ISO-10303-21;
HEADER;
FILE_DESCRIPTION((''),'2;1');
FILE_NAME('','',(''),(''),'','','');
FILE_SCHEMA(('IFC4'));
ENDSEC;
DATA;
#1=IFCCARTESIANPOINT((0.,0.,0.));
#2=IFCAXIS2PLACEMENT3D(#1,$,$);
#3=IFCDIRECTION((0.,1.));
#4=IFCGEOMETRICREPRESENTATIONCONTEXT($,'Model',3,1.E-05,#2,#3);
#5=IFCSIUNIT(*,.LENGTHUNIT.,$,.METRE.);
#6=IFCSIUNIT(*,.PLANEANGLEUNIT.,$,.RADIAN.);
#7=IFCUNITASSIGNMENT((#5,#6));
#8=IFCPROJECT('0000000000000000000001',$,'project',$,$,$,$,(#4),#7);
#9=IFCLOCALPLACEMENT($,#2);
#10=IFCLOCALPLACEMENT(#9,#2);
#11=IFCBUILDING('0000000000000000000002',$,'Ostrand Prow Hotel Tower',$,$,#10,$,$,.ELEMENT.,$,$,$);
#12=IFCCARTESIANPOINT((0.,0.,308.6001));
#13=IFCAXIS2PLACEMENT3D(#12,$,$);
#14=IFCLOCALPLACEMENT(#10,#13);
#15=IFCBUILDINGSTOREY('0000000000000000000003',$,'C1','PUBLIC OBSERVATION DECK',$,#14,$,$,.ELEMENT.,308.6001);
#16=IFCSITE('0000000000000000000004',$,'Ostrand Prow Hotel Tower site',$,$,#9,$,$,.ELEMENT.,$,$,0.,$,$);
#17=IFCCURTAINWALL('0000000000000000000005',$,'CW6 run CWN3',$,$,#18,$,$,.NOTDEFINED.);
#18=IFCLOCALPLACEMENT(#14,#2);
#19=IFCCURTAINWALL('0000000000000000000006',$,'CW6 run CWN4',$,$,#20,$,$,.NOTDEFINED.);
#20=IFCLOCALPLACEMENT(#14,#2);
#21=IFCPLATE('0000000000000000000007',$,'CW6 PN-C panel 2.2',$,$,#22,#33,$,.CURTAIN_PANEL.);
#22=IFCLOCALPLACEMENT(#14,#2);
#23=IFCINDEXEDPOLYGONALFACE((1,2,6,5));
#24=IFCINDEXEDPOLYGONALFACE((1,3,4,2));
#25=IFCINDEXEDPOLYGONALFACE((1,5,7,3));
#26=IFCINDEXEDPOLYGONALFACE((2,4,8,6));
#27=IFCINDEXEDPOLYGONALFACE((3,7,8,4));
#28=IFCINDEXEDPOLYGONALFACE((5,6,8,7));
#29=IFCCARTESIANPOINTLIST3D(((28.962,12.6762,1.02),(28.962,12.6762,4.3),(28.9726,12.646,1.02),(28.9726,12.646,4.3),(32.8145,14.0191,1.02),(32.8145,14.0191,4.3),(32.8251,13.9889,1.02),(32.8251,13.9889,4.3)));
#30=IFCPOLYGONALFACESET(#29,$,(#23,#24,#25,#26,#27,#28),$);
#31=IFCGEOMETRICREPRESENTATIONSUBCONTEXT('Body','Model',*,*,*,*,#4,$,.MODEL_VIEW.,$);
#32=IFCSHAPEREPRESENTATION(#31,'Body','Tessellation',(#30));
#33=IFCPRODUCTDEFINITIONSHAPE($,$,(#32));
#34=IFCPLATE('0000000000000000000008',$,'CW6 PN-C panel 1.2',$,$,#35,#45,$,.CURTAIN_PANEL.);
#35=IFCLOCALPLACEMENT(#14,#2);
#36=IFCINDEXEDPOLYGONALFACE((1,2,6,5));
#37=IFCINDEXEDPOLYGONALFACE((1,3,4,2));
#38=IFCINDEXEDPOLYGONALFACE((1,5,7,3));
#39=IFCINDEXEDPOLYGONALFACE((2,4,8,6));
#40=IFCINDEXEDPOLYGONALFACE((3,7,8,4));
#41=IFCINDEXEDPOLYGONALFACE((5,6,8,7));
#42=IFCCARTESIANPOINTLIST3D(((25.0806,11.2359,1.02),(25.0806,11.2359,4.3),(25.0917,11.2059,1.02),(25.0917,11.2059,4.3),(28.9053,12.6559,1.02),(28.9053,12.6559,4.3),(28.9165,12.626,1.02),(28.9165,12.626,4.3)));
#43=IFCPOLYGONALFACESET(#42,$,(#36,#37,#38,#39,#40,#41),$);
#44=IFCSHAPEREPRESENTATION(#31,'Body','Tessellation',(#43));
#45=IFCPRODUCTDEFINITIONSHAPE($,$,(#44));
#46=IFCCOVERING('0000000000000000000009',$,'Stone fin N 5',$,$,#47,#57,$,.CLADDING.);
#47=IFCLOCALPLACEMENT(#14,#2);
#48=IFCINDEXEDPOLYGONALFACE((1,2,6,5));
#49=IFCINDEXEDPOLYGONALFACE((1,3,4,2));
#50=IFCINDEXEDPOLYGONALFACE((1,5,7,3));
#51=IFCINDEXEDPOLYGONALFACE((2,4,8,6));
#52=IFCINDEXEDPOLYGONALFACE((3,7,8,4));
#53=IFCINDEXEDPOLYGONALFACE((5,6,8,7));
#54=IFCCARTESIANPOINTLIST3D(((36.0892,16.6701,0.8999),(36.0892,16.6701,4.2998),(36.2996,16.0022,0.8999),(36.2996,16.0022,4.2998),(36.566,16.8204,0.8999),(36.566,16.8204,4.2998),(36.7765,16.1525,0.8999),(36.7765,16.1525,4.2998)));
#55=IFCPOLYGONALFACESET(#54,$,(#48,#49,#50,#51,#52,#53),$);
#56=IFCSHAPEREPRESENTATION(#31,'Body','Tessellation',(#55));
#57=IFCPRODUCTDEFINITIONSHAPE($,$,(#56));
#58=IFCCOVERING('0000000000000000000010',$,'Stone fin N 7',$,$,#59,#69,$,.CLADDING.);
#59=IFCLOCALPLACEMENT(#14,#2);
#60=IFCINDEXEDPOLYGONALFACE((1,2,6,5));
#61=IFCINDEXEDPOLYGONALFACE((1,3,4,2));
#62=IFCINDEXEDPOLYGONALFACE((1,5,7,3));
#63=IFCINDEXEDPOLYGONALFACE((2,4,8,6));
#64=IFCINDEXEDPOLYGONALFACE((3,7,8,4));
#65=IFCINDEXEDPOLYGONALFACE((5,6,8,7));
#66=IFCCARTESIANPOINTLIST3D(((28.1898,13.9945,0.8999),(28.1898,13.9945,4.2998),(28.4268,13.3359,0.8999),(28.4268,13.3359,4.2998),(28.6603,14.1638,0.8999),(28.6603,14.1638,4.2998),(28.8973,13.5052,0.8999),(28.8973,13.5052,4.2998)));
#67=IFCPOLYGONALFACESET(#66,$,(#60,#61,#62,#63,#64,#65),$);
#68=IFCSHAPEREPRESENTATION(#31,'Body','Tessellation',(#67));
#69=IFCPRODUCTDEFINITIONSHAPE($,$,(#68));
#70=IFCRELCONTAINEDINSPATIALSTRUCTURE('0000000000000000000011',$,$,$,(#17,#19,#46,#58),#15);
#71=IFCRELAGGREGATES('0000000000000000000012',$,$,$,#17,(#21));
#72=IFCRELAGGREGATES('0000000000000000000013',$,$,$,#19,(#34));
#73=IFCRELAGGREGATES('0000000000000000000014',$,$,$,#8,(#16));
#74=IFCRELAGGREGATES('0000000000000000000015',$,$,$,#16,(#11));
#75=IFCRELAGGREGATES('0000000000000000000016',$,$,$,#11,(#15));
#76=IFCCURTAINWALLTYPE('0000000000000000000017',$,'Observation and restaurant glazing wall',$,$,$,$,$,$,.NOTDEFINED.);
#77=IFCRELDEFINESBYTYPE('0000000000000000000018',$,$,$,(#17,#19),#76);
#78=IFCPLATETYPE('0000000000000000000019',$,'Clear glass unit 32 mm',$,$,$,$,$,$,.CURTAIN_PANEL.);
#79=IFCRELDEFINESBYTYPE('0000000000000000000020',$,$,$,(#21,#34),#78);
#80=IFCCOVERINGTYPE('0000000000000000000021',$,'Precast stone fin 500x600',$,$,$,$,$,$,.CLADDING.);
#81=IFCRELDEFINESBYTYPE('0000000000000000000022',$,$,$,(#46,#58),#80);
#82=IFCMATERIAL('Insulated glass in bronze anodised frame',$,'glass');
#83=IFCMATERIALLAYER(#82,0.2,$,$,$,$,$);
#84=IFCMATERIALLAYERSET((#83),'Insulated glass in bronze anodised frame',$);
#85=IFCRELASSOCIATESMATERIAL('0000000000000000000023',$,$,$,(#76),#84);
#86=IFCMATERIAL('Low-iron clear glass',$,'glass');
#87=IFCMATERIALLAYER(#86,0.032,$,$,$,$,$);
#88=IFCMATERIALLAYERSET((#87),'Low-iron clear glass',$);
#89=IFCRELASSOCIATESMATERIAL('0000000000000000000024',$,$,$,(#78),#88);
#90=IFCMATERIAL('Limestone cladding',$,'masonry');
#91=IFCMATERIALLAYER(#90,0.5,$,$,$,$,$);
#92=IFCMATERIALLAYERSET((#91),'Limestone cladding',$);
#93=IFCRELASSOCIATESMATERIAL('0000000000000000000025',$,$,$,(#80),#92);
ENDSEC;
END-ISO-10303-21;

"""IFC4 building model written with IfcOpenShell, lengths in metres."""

from ifc_helpers import new_model, si_unit, direction, frame, frame_2d, origin, origin_2d, place, context, subcontext, project, spatial, rectangle, extrude, material, layer, layer_set, type_object, element, aggregate, save


model = new_model("IFC4")

# Units and contexts
model_context = context("Model", 3, precision=1e-05, world=origin(), true_north=direction((0.0, 1.0)))
body_context = subcontext(model_context, "Body", "Model", "MODEL_VIEW")
ifc_project = project(units=[si_unit("LENGTHUNIT", "METRE"), si_unit("PLANEANGLEUNIT", "RADIAN")], contexts=[model_context])

# Site, building, storey
site_placement = place(None, origin())
site = spatial("IfcSite", under=ifc_project, at=site_placement, Name="Ostrand Prow Hotel Tower site", CompositionType="ELEMENT", RefElevation=0.0)
building_placement = place(site_placement, origin())
building = spatial("IfcBuilding", under=site, at=building_placement, Name="Ostrand Prow Hotel Tower", CompositionType="ELEMENT")
storey_placement = place(building_placement, frame((0.0, 0.0, 308.6001)))
storey = spatial("IfcBuildingStorey", under=building, at=storey_placement, Name="C1", Description="PUBLIC OBSERVATION DECK", CompositionType="ELEMENT", Elevation=308.6001)

# Shared definitions
ifc_material_1 = material(Name="Insulated glass in bronze anodised frame", Category="glass")
ifc_layer_1 = layer(ifc_material_1, 0.2)
ifc_layer_set_1 = layer_set([ifc_layer_1], Name="Insulated glass in bronze anodised frame")
curtain_wall_type = type_object("IfcCurtainWallType", Name="Observation and restaurant glazing wall", PredefinedType="NOTDEFINED", material=ifc_layer_set_1)

# Curtain wall
curtain_wall_1_placement = place(storey_placement, origin())
curtain_wall_1 = element("IfcCurtainWall", 1, at=curtain_wall_1_placement, inside=storey, type_object=curtain_wall_type, Name="CW6 run CWN3", PredefinedType="NOTDEFINED")

# Curtain wall
curtain_wall_2_placement = place(storey_placement, origin())
curtain_wall_2 = element("IfcCurtainWall", 2, at=curtain_wall_2_placement, inside=storey, type_object=curtain_wall_type, Name="CW6 run CWN4", PredefinedType="NOTDEFINED")

# Plates
ifc_material_2 = material(Name="Low-iron clear glass", Category="glass")
ifc_layer_2 = layer(ifc_material_2, 0.032)
ifc_layer_set_2 = layer_set([ifc_layer_2], Name="Low-iron clear glass")
plate_type = type_object("IfcPlateType", Name="Clear glass unit 32 mm", PredefinedType="CURTAIN_PANEL", material=ifc_layer_set_2)
plate_1_placement = place(storey_placement, frame((30.8936, 13.3325, 1.02), z_axis=(0.0, 0.0, 1.0), x_axis=(-0.944275, -0.329158, 0.0)))
plate_1 = element("IfcPlate", 3, at=plate_1_placement, type_object=plate_type, Name="CW6 PN-C panel 2.2", PredefinedType="CURTAIN_PANEL", context=body_context, shape_type="SweptSolid", body=[
    extrude(rectangle(XDim=4.0798, YDim=0.032, at=origin_2d()), origin(), (0.0, 0.0, 1.0), 3.28),
])
aggregate(curtain_wall_1, [plate_1])
plate_2_placement = place(storey_placement, frame((26.9985, 11.9309, 1.02), z_axis=(0.0, 0.0, 1.0), x_axis=(-0.937468, -0.348071, 0.0)))
plate_2 = element("IfcPlate", 4, at=plate_2_placement, type_object=plate_type, Name="CW6 PN-C panel 1.2", PredefinedType="CURTAIN_PANEL", context=body_context, shape_type="SweptSolid", body=[
    extrude(rectangle(XDim=4.0798, YDim=0.032, at=origin_2d()), origin(), (0.0, 0.0, 1.0), 3.28),
])
aggregate(curtain_wall_2, [plate_2])

# Coverings
ifc_material_3 = material(Name="Limestone cladding", Category="masonry")
ifc_layer_3 = layer(ifc_material_3, 0.5)
ifc_layer_set_3 = layer_set([ifc_layer_3], Name="Limestone cladding")
covering_type = type_object("IfcCoveringType", Name="Precast stone fin 500x600", PredefinedType="CLADDING", material=ifc_layer_set_3)
covering_1_placement = place(storey_placement, frame((36.5381, 16.0774, 0.8999), z_axis=(0.0, 0.0, 1.0), x_axis=(-0.300597, 0.953751, 0.0)))
element("IfcCovering", 5, at=covering_1_placement, inside=storey, type_object=covering_type, Name="Stone fin N 5", PredefinedType="CLADDING", context=body_context, shape_type="SweptSolid", body=[
    extrude(rectangle(XDim=0.7002, YDim=0.5, at=frame_2d((0.3501, 0.0))), origin(), (0.0, 0.0, 1.0), 3.3999),
])
covering_2_placement = place(storey_placement, frame((28.6621, 13.4204, 0.8999), z_axis=(0.0, 0.0, 1.0), x_axis=(-0.338633, 0.940919, 0.0)))
element("IfcCovering", 6, at=covering_2_placement, inside=storey, type_object=covering_type, Name="Stone fin N 7", PredefinedType="CLADDING", context=body_context, shape_type="SweptSolid", body=[
    extrude(rectangle(XDim=0.7, YDim=0.5, at=frame_2d((0.3501, 0.0))), origin(), (0.0, 0.0, 1.0), 3.3999),
])

save(model, "model.ifc")
